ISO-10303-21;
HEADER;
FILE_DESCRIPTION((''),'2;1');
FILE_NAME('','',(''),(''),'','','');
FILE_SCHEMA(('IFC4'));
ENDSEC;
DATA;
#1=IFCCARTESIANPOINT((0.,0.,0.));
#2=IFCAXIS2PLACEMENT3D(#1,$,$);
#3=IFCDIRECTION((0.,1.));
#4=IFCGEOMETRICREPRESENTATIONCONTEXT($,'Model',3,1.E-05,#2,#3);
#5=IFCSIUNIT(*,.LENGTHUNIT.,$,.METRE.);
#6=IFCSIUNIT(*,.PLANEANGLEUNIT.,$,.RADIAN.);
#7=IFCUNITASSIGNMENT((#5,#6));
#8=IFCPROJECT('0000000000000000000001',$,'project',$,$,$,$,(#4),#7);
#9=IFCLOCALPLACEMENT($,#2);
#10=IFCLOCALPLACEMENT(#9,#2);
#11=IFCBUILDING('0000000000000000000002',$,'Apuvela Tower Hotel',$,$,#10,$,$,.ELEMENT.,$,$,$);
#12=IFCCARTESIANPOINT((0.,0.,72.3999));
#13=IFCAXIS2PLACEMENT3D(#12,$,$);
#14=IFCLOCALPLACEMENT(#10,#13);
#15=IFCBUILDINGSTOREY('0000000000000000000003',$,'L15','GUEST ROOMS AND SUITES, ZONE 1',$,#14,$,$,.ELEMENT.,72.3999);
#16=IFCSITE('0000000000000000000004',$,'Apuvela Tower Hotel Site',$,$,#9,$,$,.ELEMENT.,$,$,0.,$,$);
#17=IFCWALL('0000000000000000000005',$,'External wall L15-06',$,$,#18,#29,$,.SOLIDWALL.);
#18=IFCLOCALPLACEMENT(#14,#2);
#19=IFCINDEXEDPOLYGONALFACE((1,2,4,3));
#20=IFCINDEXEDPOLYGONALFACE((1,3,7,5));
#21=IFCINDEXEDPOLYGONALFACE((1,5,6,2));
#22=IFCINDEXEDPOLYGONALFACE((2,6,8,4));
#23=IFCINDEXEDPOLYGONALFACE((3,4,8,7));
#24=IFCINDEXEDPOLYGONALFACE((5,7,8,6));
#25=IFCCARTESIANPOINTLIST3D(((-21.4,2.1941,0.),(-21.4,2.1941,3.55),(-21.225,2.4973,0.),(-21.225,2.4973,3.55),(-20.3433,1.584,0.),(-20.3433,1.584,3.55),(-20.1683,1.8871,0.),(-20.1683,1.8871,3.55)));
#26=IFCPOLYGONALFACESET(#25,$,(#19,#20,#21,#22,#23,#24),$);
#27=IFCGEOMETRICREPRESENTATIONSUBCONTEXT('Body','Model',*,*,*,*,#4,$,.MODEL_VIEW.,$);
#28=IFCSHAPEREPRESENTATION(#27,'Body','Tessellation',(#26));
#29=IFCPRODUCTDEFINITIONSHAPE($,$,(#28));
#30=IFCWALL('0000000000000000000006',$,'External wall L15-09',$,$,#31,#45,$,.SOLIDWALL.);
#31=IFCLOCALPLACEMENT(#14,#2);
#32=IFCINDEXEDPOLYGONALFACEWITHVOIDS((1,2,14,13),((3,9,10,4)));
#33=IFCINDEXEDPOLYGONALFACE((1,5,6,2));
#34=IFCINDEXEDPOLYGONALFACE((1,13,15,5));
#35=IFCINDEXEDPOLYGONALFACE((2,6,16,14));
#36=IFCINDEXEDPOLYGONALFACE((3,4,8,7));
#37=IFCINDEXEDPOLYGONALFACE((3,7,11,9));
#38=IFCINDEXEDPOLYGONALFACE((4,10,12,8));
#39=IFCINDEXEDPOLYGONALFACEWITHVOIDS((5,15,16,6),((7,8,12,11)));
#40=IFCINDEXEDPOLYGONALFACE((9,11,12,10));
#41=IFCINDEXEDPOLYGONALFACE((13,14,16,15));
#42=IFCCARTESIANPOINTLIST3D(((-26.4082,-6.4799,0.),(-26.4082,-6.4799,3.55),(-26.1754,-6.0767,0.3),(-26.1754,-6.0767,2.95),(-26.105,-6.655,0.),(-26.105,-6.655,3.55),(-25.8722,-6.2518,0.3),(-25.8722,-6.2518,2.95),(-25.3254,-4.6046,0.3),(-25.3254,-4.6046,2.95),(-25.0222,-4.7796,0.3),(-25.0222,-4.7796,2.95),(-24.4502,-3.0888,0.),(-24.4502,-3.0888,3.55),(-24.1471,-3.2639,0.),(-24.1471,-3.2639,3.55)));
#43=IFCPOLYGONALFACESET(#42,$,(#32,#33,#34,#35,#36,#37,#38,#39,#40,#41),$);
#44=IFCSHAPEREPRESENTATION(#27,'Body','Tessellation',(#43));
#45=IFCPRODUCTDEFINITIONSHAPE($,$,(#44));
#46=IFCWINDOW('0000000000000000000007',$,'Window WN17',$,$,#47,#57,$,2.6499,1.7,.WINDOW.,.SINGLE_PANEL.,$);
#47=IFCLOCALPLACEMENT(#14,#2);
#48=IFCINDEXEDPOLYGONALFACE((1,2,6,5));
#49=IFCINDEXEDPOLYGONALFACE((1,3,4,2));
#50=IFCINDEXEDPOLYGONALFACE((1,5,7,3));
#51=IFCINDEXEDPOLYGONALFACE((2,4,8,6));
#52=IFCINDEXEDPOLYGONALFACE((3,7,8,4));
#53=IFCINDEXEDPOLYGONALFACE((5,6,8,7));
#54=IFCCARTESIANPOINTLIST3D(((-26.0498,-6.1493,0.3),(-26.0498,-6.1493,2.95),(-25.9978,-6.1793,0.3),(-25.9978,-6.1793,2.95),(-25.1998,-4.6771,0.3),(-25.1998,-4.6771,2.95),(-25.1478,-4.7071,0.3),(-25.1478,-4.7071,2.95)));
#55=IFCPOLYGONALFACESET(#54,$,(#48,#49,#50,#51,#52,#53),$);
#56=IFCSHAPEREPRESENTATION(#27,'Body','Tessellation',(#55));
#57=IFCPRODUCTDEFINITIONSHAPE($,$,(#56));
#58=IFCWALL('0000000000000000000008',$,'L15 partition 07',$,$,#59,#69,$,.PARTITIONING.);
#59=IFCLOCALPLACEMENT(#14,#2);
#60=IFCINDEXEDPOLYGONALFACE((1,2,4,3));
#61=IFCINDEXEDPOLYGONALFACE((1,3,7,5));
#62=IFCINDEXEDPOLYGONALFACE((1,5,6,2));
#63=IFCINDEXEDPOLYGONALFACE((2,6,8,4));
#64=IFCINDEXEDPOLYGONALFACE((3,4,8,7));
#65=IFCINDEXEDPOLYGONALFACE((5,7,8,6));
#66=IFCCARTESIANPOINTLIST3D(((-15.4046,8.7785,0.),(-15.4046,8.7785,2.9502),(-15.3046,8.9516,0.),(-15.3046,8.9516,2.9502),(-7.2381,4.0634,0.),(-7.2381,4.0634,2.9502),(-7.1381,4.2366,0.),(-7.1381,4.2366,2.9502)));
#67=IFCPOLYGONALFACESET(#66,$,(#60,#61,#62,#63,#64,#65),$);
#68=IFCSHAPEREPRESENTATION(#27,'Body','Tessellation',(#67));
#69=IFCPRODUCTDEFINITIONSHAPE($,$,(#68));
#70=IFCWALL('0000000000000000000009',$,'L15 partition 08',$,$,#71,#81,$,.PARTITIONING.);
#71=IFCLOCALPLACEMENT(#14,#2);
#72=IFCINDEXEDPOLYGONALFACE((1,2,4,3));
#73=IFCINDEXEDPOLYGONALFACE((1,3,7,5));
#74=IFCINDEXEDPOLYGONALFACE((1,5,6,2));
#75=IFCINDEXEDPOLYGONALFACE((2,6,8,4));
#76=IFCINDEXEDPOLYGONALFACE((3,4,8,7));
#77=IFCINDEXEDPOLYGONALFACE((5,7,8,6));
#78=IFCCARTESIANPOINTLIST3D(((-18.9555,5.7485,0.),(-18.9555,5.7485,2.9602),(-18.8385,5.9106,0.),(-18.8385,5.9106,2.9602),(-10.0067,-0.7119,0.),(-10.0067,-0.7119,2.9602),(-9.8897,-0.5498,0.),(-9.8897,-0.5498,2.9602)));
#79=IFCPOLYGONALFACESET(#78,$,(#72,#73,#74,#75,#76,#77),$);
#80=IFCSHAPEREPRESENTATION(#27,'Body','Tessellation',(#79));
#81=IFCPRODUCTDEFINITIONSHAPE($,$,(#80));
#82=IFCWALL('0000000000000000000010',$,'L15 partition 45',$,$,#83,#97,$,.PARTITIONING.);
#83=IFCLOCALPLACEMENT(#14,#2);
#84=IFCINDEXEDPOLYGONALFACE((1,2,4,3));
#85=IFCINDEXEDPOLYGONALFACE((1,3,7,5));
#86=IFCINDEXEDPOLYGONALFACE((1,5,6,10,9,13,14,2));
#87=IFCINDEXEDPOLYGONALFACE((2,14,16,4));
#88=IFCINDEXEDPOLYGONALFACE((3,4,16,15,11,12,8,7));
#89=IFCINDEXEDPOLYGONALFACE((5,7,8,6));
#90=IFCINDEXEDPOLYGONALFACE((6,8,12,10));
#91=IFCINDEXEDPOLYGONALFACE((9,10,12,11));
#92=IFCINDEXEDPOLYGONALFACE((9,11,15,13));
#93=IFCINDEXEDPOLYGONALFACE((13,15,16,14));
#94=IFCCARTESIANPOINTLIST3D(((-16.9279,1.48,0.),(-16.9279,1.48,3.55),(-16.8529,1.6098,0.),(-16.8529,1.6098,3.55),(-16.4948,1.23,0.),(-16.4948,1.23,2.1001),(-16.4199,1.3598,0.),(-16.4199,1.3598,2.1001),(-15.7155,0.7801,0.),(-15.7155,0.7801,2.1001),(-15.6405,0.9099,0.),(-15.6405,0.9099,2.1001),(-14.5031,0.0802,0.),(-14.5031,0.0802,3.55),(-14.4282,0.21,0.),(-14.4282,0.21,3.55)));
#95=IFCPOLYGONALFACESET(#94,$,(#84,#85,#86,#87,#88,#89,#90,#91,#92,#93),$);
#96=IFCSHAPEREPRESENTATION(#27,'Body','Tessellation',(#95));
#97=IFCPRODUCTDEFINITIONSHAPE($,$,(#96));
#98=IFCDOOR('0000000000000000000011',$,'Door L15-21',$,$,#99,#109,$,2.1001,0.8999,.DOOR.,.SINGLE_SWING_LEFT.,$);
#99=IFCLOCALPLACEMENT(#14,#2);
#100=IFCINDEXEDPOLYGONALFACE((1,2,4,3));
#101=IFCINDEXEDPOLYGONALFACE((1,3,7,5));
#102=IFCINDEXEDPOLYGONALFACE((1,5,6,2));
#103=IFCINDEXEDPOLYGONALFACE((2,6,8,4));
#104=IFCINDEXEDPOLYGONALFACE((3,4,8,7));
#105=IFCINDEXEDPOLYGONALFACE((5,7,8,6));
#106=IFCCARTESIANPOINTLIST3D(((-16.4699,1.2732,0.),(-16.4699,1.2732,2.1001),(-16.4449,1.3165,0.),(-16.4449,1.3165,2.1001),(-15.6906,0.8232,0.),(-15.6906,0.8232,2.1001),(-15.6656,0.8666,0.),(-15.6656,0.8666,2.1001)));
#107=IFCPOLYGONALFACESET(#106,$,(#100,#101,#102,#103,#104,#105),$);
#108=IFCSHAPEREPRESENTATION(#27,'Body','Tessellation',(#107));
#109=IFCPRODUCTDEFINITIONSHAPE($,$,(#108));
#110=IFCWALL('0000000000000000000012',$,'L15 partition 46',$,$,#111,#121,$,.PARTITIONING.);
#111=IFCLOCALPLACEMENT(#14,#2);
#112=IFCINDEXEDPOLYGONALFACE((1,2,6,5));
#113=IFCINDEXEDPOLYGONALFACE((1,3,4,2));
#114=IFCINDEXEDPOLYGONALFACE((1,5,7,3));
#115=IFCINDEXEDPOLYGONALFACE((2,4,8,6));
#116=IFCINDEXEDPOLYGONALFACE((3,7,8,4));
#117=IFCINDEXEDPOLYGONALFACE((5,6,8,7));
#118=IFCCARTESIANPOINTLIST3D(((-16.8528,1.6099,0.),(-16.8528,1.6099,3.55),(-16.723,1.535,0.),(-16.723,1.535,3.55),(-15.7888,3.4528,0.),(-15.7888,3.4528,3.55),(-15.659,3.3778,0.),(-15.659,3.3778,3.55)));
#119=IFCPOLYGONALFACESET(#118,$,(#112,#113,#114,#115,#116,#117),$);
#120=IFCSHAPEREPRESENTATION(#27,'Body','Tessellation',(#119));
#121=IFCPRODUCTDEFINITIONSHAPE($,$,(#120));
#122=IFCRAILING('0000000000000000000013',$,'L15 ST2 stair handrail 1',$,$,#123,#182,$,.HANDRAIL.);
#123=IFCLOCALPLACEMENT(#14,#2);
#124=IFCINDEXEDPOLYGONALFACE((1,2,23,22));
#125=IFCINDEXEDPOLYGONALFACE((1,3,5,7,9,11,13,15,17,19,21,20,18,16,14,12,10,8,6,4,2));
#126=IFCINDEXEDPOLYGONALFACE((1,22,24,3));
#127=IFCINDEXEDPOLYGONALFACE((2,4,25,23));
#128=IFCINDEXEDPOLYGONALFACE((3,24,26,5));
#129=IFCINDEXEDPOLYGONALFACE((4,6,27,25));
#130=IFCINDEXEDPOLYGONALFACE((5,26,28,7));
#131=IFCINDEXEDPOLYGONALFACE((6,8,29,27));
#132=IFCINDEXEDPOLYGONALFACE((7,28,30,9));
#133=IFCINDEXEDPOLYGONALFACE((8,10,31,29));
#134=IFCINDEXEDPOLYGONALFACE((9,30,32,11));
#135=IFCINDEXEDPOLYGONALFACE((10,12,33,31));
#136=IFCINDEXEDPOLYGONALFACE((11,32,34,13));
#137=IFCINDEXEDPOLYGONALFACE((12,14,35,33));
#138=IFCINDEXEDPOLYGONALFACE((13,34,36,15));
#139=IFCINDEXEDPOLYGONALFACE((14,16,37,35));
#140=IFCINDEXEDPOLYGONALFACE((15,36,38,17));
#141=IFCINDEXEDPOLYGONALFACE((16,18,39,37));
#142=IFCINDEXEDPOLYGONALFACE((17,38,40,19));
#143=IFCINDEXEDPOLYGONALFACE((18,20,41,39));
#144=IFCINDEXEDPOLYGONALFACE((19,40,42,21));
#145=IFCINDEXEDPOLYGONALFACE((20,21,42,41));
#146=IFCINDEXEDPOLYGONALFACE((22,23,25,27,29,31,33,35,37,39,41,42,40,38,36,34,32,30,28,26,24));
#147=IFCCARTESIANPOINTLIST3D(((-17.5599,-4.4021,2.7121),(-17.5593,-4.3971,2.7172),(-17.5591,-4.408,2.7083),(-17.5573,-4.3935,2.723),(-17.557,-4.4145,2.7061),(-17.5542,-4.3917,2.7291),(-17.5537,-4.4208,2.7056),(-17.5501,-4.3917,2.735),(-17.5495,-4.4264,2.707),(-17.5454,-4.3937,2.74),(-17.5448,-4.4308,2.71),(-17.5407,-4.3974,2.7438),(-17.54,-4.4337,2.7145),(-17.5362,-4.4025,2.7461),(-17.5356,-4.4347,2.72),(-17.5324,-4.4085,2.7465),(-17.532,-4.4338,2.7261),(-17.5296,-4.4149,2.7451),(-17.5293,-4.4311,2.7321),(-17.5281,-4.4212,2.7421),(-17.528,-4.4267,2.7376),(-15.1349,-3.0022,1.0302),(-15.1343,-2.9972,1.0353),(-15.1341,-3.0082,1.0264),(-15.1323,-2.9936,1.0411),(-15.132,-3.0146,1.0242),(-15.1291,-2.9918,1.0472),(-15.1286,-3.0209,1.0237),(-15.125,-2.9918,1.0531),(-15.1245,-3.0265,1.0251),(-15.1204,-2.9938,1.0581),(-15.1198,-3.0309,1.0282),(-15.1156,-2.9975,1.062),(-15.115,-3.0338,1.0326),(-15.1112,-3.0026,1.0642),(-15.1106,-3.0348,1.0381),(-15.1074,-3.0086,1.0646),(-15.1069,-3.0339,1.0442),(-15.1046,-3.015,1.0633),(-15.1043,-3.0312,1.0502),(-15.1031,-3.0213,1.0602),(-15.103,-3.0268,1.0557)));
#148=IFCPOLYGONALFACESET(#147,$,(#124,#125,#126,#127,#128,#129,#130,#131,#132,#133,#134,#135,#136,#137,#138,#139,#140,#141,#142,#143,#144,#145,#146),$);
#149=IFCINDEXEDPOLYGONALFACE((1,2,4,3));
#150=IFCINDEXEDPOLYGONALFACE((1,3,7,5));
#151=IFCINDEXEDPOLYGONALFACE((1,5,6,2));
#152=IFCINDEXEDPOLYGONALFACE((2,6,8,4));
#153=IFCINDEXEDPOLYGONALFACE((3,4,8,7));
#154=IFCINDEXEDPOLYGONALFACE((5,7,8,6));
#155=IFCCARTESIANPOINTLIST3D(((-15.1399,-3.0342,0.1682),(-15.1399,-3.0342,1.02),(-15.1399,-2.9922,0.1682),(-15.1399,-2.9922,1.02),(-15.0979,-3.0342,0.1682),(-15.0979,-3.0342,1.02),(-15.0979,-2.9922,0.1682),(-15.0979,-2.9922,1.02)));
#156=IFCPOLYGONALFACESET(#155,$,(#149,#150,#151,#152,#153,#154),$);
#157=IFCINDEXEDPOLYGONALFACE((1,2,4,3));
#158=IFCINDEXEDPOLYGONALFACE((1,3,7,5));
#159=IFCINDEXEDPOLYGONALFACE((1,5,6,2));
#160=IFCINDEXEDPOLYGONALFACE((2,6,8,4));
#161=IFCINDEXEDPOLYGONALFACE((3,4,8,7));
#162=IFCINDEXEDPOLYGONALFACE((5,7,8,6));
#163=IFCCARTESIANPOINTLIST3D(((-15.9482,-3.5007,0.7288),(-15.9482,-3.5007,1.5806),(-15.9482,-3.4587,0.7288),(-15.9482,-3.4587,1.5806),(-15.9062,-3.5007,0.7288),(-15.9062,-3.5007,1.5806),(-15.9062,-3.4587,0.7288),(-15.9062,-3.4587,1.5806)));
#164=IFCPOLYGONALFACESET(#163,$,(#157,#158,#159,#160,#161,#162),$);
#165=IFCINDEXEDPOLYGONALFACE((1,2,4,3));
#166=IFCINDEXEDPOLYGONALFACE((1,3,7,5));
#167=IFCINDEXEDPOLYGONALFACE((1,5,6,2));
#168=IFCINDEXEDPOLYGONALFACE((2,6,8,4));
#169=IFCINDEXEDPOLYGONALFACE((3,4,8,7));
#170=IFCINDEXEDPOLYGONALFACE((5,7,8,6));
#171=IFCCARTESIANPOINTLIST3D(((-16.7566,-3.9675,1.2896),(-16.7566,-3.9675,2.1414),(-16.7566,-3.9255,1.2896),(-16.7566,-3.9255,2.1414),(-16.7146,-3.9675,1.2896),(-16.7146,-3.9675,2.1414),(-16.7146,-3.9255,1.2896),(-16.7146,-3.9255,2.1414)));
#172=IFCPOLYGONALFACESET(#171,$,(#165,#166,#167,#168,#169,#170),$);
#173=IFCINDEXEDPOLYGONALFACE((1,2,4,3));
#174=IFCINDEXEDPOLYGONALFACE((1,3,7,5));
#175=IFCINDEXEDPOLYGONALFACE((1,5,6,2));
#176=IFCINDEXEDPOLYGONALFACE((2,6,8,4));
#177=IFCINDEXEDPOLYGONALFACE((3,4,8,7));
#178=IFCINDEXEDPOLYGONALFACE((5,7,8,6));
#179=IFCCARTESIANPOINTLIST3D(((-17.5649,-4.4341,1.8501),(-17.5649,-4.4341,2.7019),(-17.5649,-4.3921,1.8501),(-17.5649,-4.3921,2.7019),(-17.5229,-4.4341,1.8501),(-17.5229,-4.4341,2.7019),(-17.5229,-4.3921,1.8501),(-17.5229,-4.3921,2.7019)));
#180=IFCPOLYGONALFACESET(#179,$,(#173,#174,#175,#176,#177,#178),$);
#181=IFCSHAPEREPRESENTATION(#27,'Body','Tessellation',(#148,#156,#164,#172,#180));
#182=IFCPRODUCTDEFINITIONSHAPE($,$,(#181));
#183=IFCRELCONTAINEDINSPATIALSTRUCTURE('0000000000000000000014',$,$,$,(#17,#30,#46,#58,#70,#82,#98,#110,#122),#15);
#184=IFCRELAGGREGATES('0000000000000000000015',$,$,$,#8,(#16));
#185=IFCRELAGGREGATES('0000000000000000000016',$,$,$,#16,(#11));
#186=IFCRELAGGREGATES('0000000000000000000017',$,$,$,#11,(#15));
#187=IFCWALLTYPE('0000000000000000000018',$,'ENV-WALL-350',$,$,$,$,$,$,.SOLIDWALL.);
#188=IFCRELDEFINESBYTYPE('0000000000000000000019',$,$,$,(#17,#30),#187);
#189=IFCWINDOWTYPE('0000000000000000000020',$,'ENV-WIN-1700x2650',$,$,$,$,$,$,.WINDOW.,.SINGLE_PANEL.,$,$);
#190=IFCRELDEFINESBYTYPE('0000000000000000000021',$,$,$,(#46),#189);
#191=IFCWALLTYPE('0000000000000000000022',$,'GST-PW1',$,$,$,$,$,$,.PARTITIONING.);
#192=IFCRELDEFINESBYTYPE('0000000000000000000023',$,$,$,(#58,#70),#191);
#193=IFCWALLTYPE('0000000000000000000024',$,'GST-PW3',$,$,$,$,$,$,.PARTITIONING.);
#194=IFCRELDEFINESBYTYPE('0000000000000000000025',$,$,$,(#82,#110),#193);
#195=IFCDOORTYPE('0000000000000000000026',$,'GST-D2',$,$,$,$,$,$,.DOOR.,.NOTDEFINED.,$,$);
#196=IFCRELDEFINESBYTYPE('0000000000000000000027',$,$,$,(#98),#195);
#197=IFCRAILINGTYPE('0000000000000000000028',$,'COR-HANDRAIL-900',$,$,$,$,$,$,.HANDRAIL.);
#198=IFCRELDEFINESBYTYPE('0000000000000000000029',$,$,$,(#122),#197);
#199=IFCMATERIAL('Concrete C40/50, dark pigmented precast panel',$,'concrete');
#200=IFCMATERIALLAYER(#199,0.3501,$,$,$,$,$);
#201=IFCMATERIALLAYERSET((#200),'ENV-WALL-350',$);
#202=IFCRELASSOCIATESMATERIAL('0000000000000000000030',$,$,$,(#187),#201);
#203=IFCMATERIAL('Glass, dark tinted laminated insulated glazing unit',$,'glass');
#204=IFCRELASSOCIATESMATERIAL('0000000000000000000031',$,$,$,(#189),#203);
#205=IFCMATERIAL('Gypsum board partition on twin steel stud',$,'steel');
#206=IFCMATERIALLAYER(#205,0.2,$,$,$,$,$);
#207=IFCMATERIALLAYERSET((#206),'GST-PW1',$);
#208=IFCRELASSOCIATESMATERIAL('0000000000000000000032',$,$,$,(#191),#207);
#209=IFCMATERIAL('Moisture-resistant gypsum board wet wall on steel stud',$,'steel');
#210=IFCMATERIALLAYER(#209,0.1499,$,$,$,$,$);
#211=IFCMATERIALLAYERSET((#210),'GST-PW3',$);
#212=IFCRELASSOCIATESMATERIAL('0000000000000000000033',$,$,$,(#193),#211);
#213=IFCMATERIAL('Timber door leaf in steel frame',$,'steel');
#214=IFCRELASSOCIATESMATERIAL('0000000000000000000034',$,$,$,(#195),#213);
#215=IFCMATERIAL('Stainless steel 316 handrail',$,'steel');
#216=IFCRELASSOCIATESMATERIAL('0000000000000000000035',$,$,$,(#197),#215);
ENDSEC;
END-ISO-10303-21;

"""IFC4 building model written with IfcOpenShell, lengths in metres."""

from ifc_helpers import new_model, si_unit, direction, frame, frame_2d, origin, origin_2d, place, context, subcontext, project, spatial, rectangle, circle, extrude, material, layer, layer_set, type_object, element, fill, save


model = new_model("IFC4")

# Units and contexts
model_context = context("Model", 3, precision=1e-05, world=origin(), true_north=direction((0.0, 1.0)))
body_context = subcontext(model_context, "Body", "Model", "MODEL_VIEW")
ifc_project = project(units=[si_unit("LENGTHUNIT", "METRE"), si_unit("PLANEANGLEUNIT", "RADIAN")], contexts=[model_context])

# Site, building, storey
site_placement = place(None, origin())
site = spatial("IfcSite", under=ifc_project, at=site_placement, Name="Apuvela Tower Hotel Site", CompositionType="ELEMENT", RefElevation=0.0)
building_placement = place(site_placement, origin())
building = spatial("IfcBuilding", under=site, at=building_placement, Name="Apuvela Tower Hotel", CompositionType="ELEMENT")
storey_placement = place(building_placement, frame((0.0, 0.0, 72.3999)))
storey = spatial("IfcBuildingStorey", under=building, at=storey_placement, Name="L15", Description="GUEST ROOMS AND SUITES, ZONE 1", CompositionType="ELEMENT", Elevation=72.3999)

# Wall
ifc_material_1 = material(Name="Concrete C40/50, dark pigmented precast panel", Category="concrete")
ifc_layer_1 = layer(ifc_material_1, 0.3501)
ifc_layer_set_1 = layer_set([ifc_layer_1], Name="ENV-WALL-350")
wall_type_1 = type_object("IfcWallType", Name="ENV-WALL-350", PredefinedType="SOLIDWALL", material=ifc_layer_set_1)
wall_1_placement = place(storey_placement, frame((-21.3125, 2.3457, 0.0), z_axis=(0.0, 0.0, 1.0), x_axis=(0.866006, -0.500034, 0.0)))
element("IfcWall", 1, at=wall_1_placement, inside=storey, type_object=wall_type_1, Name="External wall L15-06", PredefinedType="SOLIDWALL", context=body_context, shape_type="SweptSolid", body=[
    extrude(rectangle(XDim=1.2202, YDim=0.3501, at=frame_2d((0.6101, 0.0))), origin(), (0.0, 0.0, 1.0), 3.55),
])

# Shared definitions
ifc_material_2 = material(Name="Glass, dark tinted laminated insulated glazing unit", Category="glass")

# Wall, opening, window
wall_2_placement = place(storey_placement, frame((-24.2986, -3.1763, 0.0), z_axis=(0.0, 0.0, 1.0), x_axis=(-0.500028, -0.866009, 0.0)))
wall_2 = element("IfcWall", 2, at=wall_2_placement, inside=storey, type_object=wall_type_1, Name="External wall L15-09", PredefinedType="SOLIDWALL", context=body_context, shape_type="SweptSolid", body=[
    extrude(rectangle(XDim=3.9158, YDim=0.3501, at=frame_2d((1.958, 0.0))), origin(), (0.0, 0.0, 1.0), 3.55),
])
opening_1_placement = place(wall_2_placement, frame((1.7502, 0.0, 0.3)))
opening_1 = element("IfcOpeningElement", 3, at=opening_1_placement, cuts=wall_2, PredefinedType="OPENING", context=body_context, shape_type="SweptSolid", body=[
    extrude(rectangle(XDim=1.7, YDim=2.6499, at=frame_2d((0.8501, 1.325))), frame((0.0, 0.1851, 0.0), z_axis=(0.0, -1.0, 0.0), x_axis=(1.0, 0.0, 0.0)), (0.0, 0.0, 1.0), 0.3701),
])
window_type_1 = type_object("IfcWindowType", Name="ENV-WIN-1700x2650", PartitioningType="SINGLE_PANEL", PredefinedType="WINDOW", material=ifc_material_2)
window_1_placement = place(opening_1_placement, origin())
window_1 = element("IfcWindow", 4, at=window_1_placement, inside=storey, type_object=window_type_1, Name="Window WN17", OverallHeight=2.6499, OverallWidth=1.7, PartitioningType="SINGLE_PANEL", PredefinedType="WINDOW", context=body_context, shape_type="SweptSolid", body=[
    extrude(rectangle(XDim=1.7, YDim=2.6499, at=frame_2d((0.8501, 1.325))), frame((0.0, 0.03, 0.0), z_axis=(0.0, -1.0, 0.0), x_axis=(1.0, 0.0, 0.0)), (0.0, 0.0, 1.0), 0.0601),
])
fill(opening_1, window_1)

# Walls
ifc_material_3 = material(Name="Gypsum board partition on twin steel stud", Category="steel")
ifc_layer_2 = layer(ifc_material_3, 0.2)
ifc_layer_set_2 = layer_set([ifc_layer_2], Name="GST-PW1")
wall_type_2 = type_object("IfcWallType", Name="GST-PW1", PredefinedType="PARTITIONING", material=ifc_layer_set_2)
wall_3_placement = place(storey_placement, frame((-15.3545, 8.865, 0.0), z_axis=(0.0, 0.0, 1.0), x_axis=(0.866018, -0.500012, 0.0)))
element("IfcWall", 5, at=wall_3_placement, inside=storey, type_object=wall_type_2, Name="L15 partition 07", PredefinedType="PARTITIONING", context=body_context, shape_type="SweptSolid", body=[
    extrude(rectangle(XDim=9.4299, YDim=0.2, at=frame_2d((4.7148, 0.0))), origin(), (0.0, 0.0, 1.0), 2.9502),
])
wall_4_placement = place(storey_placement, frame((-18.897, 5.8296, 0.0), z_axis=(0.0, 0.0, 1.0), x_axis=(0.810788, -0.58534, 0.0)))
element("IfcWall", 6, at=wall_4_placement, inside=storey, type_object=wall_type_2, Name="L15 partition 08", PredefinedType="PARTITIONING", context=body_context, shape_type="SweptSolid", body=[
    extrude(rectangle(XDim=11.0371, YDim=0.2, at=frame_2d((5.5186, 0.0))), origin(), (0.0, 0.0, 1.0), 2.9602),
])

# Wall, opening, door
ifc_material_4 = material(Name="Moisture-resistant gypsum board wet wall on steel stud", Category="steel")
ifc_layer_3 = layer(ifc_material_4, 0.1499)
ifc_layer_set_3 = layer_set([ifc_layer_3], Name="GST-PW3")
wall_type_3 = type_object("IfcWallType", Name="GST-PW3", PredefinedType="PARTITIONING", material=ifc_layer_set_3)
wall_5_placement = place(storey_placement, frame((-16.8904, 1.5449, 0.0), z_axis=(0.0, 0.0, 1.0), x_axis=(0.866035, -0.499984, 0.0)))
wall_5 = element("IfcWall", 7, at=wall_5_placement, inside=storey, type_object=wall_type_3, Name="L15 partition 45", PredefinedType="PARTITIONING", context=body_context, shape_type="SweptSolid", body=[
    extrude(rectangle(XDim=2.7998, YDim=0.1499, at=frame_2d((1.3999, 0.0))), origin(), (0.0, 0.0, 1.0), 3.55),
])
opening_2_placement = place(wall_5_placement, frame((0.5, 0.0, 0.0)))
opening_2 = element("IfcOpeningElement", 8, at=opening_2_placement, cuts=wall_5, PredefinedType="OPENING", context=body_context, shape_type="SweptSolid", body=[
    extrude(rectangle(XDim=0.8999, YDim=2.1001, at=frame_2d((0.45, 1.05))), frame((0.0, 0.085, 0.0), z_axis=(0.0, -1.0, 0.0), x_axis=(1.0, 0.0, 0.0)), (0.0, 0.0, 1.0), 0.1699),
])
ifc_material_5 = material(Name="Timber door leaf in steel frame", Category="steel")
door_type_1 = type_object("IfcDoorType", Name="GST-D2", OperationType="NOTDEFINED", PredefinedType="DOOR", material=ifc_material_5)
door_1_placement = place(opening_2_placement, origin())
door_1 = element("IfcDoor", 9, at=door_1_placement, inside=storey, type_object=door_type_1, Name="Door L15-21", OperationType="SINGLE_SWING_LEFT", OverallHeight=2.1001, OverallWidth=0.8999, PredefinedType="DOOR", context=body_context, shape_type="SweptSolid", body=[
    extrude(rectangle(XDim=0.8999, YDim=2.1001, at=frame_2d((0.45, 1.05))), frame((0.0, 0.0249, 0.0), z_axis=(0.0, -1.0, 0.0), x_axis=(1.0, 0.0, 0.0)), (0.0, 0.0, 1.0), 0.05),
])
fill(opening_2, door_1)

# Wall
wall_6_placement = place(storey_placement, frame((-15.7239, 3.4153, 0.0), z_axis=(0.0, 0.0, 1.0), x_axis=(-0.500014, -0.866017, 0.0)))
element("IfcWall", 10, at=wall_6_placement, inside=storey, type_object=wall_type_3, Name="L15 partition 46", PredefinedType="PARTITIONING", context=body_context, shape_type="SweptSolid", body=[
    extrude(rectangle(XDim=2.1279, YDim=0.1499, at=frame_2d((1.064, 0.0))), origin(), (0.0, 0.0, 1.0), 3.55),
])

# Railing
ifc_material_6 = material(Name="Stainless steel 316 handrail", Category="steel")
railing_type = type_object("IfcRailingType", Name="COR-HANDRAIL-900", PredefinedType="HANDRAIL", material=ifc_material_6)
railing_placement = place(storey_placement, frame((-15.1189, -3.0132, 0.1682)))
element("IfcRailing", 11, at=railing_placement, inside=storey, type_object=railing_type, Name="L15 ST2 stair handrail 1", PredefinedType="HANDRAIL", context=body_context, shape_type="SweptSolid", body=[
    extrude(circle(Radius=0.0239, at=origin_2d()), frame((0.0, 0.0, 0.876), z_axis=(-0.742424, -0.428577, 0.514906), x_axis=(0.499946, -0.866056, 0.0)), (0.0, 0.0, 1.0), 3.2664),
    extrude(rectangle(XDim=0.042, YDim=0.042, at=origin_2d()), origin(), (0.0, 0.0, 1.0), 0.8518),
    extrude(rectangle(XDim=0.042, YDim=0.042, at=origin_2d()), frame((-0.8083, -0.4666, 0.5605)), (0.0, 0.0, 1.0), 0.8518),
    extrude(rectangle(XDim=0.042, YDim=0.042, at=origin_2d()), frame((-1.6167, -0.9333, 1.1213)), (0.0, 0.0, 1.0), 0.8518),
    extrude(rectangle(XDim=0.042, YDim=0.042, at=origin_2d()), frame((-2.425, -1.3999, 1.6819)), (0.0, 0.0, 1.0), 0.8518),
])

save(model, "model.ifc")
